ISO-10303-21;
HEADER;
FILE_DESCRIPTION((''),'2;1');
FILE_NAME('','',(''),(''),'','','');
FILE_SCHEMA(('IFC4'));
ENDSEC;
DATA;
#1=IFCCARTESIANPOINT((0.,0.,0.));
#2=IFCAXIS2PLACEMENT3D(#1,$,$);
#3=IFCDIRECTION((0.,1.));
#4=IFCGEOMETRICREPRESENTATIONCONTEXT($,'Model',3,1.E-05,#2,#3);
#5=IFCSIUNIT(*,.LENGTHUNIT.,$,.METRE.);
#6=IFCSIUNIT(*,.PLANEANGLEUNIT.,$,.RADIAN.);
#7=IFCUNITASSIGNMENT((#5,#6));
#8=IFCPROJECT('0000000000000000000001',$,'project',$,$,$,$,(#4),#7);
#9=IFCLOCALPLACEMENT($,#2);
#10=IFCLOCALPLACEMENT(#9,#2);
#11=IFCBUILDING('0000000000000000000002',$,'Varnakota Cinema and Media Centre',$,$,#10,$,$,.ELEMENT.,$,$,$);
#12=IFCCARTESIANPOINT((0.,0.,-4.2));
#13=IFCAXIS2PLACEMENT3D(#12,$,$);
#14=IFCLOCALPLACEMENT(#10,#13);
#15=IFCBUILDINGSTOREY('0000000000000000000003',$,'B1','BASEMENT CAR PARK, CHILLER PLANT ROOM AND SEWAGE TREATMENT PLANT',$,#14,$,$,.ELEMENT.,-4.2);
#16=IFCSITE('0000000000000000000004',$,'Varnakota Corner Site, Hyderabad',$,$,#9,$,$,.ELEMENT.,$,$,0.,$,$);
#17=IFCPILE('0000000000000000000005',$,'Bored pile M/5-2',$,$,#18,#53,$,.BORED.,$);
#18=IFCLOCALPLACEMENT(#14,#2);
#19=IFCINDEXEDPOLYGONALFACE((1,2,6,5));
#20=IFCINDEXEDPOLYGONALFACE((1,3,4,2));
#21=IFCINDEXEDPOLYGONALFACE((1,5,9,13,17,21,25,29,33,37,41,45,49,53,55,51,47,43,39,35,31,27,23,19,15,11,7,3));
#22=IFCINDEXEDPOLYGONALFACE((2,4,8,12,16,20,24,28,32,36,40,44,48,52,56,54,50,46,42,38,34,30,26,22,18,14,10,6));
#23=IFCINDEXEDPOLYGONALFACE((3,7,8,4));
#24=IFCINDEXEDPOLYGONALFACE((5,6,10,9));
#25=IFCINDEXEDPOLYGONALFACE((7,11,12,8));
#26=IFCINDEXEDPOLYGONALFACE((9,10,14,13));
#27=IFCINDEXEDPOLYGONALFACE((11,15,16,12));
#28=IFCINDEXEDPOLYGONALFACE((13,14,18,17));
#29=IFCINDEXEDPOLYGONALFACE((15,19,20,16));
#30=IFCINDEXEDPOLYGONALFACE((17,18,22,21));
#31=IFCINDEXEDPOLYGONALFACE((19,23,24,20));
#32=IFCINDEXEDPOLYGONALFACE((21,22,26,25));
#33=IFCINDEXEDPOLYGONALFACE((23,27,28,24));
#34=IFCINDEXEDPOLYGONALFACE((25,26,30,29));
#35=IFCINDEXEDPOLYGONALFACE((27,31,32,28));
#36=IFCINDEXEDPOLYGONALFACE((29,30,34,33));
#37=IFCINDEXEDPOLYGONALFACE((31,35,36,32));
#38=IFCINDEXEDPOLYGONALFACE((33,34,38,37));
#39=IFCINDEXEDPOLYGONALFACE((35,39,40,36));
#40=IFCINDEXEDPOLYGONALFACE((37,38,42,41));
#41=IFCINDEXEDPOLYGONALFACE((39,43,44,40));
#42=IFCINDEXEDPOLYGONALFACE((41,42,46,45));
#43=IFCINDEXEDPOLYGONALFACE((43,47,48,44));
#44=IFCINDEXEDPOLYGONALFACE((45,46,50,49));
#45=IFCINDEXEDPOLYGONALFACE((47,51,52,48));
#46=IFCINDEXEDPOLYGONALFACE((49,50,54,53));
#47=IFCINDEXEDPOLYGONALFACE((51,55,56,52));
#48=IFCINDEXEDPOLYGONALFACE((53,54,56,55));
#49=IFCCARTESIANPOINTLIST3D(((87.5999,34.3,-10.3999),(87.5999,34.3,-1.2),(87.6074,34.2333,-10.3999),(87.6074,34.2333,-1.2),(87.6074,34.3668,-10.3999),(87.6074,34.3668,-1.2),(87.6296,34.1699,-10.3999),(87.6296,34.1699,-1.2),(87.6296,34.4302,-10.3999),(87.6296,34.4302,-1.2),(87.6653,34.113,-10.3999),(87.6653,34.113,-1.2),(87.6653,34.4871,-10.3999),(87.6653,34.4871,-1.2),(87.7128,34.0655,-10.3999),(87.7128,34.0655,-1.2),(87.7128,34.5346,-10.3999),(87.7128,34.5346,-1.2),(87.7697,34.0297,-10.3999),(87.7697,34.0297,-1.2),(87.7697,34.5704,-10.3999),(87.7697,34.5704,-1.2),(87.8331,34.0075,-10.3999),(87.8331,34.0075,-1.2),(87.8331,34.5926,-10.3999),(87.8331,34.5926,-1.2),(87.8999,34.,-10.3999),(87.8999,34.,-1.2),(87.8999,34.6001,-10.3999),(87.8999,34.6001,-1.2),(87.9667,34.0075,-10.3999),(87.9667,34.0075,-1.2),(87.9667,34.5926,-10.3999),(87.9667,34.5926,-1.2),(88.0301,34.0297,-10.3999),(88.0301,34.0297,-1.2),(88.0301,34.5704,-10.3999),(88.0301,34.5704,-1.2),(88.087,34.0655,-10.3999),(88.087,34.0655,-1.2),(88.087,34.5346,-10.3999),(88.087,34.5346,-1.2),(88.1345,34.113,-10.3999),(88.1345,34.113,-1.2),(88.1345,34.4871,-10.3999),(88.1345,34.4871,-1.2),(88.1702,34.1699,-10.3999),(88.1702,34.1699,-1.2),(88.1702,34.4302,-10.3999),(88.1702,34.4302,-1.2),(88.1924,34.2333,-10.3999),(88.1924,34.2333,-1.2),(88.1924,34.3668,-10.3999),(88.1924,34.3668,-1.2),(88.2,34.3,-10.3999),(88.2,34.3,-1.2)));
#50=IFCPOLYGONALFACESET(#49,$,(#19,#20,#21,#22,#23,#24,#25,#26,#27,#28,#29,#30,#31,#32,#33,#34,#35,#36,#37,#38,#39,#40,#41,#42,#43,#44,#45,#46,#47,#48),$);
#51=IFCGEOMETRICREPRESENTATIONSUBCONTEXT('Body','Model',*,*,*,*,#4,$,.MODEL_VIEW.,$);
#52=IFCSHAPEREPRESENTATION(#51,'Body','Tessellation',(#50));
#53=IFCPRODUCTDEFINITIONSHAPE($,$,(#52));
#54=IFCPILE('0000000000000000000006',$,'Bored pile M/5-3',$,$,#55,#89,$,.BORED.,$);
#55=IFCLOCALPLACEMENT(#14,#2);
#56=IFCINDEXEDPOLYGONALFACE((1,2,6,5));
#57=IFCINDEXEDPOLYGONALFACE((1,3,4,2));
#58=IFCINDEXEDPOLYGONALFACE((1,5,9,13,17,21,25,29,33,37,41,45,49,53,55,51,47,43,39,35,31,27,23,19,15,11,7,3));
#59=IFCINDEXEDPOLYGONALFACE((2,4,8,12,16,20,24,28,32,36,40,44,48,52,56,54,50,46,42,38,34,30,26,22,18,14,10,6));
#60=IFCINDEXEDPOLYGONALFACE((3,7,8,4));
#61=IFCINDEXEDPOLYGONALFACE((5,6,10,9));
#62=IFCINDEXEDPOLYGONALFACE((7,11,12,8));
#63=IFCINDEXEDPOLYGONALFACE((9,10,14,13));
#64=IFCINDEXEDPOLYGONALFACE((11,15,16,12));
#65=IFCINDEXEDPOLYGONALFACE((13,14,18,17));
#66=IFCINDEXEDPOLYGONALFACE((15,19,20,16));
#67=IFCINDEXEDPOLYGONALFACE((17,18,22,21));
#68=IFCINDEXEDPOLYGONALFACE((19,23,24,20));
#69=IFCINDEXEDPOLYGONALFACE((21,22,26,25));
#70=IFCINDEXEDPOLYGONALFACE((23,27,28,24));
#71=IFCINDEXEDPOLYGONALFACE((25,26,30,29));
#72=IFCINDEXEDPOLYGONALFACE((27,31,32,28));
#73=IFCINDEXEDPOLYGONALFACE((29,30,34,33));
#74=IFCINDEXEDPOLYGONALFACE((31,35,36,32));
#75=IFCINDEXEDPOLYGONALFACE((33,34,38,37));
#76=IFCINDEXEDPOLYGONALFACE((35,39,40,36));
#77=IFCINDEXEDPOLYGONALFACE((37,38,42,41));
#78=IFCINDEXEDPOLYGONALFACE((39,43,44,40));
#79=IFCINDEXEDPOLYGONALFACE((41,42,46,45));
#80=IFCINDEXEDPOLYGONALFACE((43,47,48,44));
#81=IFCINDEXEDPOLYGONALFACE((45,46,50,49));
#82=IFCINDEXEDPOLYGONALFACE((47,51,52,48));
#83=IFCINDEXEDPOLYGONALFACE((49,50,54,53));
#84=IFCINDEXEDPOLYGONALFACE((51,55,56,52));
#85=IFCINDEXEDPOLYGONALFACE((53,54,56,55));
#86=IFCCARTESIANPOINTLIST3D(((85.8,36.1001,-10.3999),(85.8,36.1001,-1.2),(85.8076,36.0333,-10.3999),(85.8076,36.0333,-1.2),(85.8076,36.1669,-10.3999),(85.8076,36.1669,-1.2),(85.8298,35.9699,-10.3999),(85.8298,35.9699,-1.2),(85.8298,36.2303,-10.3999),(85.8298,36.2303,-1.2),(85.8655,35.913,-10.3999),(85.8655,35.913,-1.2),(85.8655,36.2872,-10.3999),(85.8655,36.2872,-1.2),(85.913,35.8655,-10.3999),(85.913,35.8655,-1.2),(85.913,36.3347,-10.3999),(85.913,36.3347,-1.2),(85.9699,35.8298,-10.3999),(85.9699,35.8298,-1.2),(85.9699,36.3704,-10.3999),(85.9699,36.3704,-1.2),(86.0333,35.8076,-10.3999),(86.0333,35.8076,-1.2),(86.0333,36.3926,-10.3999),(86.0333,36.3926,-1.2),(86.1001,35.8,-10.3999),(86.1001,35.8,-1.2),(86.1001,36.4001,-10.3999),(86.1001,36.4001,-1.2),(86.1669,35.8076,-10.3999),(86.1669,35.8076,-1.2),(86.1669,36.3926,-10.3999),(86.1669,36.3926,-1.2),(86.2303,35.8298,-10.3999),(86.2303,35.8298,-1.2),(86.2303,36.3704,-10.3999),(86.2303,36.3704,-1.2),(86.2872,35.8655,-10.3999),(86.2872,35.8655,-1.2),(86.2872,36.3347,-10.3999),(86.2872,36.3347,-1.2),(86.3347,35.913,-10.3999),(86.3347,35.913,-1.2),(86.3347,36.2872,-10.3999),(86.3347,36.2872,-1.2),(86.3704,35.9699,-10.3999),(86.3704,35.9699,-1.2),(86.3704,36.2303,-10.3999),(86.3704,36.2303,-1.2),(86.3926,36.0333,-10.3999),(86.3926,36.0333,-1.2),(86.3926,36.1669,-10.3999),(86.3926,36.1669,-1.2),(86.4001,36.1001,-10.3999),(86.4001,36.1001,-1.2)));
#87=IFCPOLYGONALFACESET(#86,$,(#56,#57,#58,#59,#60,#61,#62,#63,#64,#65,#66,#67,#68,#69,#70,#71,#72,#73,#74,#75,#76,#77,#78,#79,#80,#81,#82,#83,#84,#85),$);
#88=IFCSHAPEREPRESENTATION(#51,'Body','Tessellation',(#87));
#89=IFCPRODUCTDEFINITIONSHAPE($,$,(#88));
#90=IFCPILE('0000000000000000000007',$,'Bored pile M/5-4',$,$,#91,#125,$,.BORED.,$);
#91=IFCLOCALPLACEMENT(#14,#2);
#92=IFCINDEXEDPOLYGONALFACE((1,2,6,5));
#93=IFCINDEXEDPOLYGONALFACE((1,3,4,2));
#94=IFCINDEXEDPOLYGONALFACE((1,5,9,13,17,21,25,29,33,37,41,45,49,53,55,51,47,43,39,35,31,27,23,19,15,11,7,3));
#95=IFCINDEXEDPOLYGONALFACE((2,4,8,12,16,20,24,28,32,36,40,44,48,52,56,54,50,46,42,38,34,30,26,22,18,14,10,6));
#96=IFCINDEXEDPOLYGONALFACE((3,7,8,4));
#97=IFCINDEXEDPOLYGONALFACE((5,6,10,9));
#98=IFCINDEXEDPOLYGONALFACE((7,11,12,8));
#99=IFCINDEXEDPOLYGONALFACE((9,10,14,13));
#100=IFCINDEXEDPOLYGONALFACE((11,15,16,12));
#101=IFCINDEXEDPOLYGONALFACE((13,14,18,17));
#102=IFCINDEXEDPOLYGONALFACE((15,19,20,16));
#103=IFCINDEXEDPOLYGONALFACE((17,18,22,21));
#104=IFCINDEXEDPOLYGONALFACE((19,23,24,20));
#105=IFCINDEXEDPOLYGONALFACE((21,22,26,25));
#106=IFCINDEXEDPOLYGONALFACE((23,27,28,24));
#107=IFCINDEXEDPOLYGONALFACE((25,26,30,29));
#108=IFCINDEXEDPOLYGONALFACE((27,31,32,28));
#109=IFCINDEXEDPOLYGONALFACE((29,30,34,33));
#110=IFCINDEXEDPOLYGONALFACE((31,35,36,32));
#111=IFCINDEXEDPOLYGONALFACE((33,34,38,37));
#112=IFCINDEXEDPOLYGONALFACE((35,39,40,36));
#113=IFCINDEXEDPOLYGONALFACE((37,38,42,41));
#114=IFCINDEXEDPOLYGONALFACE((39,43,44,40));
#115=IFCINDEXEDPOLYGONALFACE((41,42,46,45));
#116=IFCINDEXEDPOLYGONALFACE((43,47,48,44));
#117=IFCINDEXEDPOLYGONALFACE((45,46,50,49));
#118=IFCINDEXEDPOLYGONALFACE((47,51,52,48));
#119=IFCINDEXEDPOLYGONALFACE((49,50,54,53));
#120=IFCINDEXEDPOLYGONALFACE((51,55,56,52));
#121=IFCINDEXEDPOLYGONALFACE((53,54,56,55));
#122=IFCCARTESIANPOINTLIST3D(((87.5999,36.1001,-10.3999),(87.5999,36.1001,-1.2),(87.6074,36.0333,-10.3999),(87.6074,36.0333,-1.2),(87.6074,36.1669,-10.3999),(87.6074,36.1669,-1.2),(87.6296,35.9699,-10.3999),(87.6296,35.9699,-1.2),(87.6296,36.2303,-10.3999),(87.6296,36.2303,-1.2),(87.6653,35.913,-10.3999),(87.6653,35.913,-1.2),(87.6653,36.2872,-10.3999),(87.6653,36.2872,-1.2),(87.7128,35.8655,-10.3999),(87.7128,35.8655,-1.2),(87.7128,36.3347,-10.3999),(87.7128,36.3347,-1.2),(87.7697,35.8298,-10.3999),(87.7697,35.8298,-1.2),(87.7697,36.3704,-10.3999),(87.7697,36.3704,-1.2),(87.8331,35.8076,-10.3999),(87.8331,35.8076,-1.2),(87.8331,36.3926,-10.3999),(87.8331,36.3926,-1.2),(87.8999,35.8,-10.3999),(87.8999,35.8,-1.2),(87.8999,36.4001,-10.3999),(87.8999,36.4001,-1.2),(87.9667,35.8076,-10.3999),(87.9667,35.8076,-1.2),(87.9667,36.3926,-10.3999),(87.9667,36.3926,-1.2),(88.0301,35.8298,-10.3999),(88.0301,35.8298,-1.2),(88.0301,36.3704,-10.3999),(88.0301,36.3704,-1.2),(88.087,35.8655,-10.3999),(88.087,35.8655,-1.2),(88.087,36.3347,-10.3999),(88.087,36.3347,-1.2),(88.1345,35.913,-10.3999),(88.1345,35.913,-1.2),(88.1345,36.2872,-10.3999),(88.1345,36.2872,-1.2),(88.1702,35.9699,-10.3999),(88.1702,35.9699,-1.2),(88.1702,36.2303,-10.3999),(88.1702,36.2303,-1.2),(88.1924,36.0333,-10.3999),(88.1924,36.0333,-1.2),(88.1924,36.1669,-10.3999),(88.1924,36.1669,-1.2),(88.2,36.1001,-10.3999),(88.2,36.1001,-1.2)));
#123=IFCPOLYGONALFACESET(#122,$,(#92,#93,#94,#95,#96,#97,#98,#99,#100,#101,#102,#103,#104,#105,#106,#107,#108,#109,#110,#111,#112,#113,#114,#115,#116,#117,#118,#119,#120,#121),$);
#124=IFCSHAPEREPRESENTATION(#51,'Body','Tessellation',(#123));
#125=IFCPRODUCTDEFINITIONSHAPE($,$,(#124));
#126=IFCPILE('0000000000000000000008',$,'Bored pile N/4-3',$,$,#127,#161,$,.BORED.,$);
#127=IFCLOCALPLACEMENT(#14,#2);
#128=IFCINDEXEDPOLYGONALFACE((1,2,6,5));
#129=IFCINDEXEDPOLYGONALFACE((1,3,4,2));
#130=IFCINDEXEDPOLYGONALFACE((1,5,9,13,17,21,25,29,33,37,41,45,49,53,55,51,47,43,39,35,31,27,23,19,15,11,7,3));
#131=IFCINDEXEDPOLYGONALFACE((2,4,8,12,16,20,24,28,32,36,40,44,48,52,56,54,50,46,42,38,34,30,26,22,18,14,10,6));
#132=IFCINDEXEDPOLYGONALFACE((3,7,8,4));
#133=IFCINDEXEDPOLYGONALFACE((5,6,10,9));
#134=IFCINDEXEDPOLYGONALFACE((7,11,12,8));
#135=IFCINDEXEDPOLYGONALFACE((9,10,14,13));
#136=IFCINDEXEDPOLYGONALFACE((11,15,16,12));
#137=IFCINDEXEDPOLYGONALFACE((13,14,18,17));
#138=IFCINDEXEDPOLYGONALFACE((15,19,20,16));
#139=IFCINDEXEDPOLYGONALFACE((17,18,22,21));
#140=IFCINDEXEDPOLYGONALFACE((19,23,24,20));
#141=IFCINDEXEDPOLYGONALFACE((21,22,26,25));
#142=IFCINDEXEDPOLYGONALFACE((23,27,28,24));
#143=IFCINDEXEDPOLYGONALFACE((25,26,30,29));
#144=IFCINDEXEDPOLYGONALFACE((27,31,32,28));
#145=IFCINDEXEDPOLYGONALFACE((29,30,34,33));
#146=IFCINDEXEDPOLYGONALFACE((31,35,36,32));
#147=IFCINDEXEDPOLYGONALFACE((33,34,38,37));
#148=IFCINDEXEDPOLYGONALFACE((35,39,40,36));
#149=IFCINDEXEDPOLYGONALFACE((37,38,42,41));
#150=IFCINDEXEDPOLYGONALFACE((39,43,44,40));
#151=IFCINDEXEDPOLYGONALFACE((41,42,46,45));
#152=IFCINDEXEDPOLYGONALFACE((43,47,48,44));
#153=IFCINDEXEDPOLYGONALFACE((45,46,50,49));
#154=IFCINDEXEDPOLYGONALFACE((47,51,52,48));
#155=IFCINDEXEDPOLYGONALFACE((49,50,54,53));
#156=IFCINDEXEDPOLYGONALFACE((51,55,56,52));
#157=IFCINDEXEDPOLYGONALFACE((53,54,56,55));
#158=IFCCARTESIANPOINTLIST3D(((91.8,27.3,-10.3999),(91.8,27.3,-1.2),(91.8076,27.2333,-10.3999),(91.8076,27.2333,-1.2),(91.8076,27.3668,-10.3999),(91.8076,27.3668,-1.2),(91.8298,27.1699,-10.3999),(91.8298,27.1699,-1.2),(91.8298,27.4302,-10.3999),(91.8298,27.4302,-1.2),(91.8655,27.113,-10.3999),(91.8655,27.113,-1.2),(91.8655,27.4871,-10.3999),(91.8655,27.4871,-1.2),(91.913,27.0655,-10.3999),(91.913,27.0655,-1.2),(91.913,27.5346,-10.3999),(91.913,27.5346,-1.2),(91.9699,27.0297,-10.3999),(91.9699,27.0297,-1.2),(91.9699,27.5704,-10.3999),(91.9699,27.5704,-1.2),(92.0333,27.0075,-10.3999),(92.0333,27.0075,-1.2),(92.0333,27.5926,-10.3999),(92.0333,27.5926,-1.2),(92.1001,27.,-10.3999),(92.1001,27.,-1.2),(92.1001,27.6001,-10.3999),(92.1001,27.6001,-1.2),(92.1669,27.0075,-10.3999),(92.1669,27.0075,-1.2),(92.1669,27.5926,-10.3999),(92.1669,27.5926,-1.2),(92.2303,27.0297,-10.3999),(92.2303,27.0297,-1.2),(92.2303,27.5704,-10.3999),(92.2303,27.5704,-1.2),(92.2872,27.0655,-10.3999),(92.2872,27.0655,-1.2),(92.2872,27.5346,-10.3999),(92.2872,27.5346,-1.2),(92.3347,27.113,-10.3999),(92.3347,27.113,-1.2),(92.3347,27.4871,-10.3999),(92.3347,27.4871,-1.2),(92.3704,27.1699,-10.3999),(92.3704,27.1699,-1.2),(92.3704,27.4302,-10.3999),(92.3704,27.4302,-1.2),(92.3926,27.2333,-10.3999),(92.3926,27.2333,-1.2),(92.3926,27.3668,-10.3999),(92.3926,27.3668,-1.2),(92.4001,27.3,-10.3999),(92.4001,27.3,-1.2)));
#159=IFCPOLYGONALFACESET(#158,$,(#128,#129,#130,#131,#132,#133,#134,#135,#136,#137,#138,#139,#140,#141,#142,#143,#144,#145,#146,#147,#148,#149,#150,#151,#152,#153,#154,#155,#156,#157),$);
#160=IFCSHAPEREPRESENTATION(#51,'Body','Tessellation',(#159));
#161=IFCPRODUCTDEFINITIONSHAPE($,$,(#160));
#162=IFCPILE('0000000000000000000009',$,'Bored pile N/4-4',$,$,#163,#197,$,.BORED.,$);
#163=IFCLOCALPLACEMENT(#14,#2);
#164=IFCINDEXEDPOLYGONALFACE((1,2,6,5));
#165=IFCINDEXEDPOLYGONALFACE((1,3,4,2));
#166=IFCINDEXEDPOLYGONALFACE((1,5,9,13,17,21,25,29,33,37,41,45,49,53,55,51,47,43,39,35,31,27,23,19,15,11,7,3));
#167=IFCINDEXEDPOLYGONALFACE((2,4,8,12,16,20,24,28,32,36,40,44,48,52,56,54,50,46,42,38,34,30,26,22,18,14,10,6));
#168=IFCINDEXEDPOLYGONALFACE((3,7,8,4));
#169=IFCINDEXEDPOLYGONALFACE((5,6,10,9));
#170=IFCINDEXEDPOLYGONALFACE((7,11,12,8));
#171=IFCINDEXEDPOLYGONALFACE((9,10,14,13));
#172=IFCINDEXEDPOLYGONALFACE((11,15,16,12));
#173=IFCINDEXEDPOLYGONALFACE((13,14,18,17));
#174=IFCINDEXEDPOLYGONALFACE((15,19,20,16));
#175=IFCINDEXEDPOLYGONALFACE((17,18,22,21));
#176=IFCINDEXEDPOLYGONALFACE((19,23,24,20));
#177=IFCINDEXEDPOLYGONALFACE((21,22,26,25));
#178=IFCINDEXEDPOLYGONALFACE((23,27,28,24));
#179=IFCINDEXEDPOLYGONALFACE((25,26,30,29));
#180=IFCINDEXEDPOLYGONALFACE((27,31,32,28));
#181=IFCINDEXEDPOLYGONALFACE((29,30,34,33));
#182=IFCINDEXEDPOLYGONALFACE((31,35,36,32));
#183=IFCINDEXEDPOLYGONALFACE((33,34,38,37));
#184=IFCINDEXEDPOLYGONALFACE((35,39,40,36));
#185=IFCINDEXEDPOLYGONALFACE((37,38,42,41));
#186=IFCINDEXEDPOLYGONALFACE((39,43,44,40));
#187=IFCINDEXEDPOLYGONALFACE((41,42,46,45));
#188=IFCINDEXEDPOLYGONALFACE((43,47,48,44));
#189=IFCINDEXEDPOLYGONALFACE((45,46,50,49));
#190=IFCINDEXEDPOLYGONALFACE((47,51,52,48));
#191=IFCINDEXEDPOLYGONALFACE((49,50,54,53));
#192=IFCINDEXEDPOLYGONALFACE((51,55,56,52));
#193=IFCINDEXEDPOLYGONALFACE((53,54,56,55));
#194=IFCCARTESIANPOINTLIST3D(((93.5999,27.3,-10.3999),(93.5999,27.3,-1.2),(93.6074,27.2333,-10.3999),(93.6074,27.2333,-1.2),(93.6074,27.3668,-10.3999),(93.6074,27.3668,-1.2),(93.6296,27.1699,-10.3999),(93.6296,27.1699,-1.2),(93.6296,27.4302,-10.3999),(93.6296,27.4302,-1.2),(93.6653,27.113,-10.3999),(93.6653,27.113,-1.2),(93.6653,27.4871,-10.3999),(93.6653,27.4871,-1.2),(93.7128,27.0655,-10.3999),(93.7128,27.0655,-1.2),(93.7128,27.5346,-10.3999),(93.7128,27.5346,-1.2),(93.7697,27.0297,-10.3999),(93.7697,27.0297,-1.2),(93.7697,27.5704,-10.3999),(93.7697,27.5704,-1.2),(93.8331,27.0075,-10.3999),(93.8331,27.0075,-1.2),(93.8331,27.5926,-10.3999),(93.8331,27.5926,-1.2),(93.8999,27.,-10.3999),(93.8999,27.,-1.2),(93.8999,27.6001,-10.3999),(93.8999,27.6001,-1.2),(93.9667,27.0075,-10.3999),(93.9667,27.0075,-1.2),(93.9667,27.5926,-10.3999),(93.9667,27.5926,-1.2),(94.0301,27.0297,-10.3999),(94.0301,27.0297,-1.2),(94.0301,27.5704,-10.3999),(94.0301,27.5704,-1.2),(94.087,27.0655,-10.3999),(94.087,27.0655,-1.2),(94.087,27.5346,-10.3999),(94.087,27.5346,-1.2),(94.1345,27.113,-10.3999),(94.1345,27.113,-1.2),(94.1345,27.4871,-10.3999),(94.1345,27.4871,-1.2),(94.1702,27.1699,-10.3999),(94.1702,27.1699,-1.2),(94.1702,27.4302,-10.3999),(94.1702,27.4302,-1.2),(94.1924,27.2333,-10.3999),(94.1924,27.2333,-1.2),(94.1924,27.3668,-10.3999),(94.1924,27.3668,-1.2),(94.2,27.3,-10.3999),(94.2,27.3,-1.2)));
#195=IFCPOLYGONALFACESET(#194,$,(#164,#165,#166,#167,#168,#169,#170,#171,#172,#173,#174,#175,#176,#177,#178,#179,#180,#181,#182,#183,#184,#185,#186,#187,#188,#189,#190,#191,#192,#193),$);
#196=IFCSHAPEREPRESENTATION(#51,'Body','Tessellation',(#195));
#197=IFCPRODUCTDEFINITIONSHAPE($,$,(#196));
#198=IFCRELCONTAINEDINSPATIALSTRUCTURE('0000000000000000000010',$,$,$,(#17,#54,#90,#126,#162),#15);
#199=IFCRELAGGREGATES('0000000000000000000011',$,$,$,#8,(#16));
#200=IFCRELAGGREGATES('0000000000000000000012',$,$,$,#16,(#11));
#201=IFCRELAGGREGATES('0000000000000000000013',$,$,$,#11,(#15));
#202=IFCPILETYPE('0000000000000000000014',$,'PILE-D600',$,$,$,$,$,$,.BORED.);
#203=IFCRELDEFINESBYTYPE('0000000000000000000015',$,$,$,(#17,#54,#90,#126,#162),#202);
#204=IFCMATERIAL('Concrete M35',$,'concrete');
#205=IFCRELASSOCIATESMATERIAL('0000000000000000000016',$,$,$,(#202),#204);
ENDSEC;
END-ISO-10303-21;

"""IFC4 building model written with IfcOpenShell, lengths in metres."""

from ifc_helpers import new_model, si_unit, direction, frame, origin, origin_2d, place, context, subcontext, project, spatial, circle, extrude, material, material_profile, profile_set, type_object, element, save


model = new_model("IFC4")

# Units and contexts
model_context = context("Model", 3, precision=1e-05, world=origin(), true_north=direction((0.0, 1.0)))
body_context = subcontext(model_context, "Body", "Model", "MODEL_VIEW")
ifc_project = project(units=[si_unit("LENGTHUNIT", "METRE"), si_unit("PLANEANGLEUNIT", "RADIAN")], contexts=[model_context])

# Site, building, storey
site_placement = place(None, origin())
site = spatial("IfcSite", under=ifc_project, at=site_placement, Name="Varnakota Corner Site, Hyderabad", CompositionType="ELEMENT", RefElevation=0.0)
building_placement = place(site_placement, origin())
building = spatial("IfcBuilding", under=site, at=building_placement, Name="Varnakota Cinema and Media Centre", CompositionType="ELEMENT")
storey_placement = place(building_placement, frame((0.0, 0.0, -4.2)))
storey = spatial("IfcBuildingStorey", under=building, at=storey_placement, Name="B1", Description="BASEMENT CAR PARK, CHILLER PLANT ROOM AND SEWAGE TREATMENT PLANT", CompositionType="ELEMENT", Elevation=-4.2)

# Piles
ifc_material_1 = material(Name="Concrete M35", Category="concrete")
ifc_material_profile_1 = material_profile(ifc_material_1, circle(Radius=0.3, at=origin_2d()), Name="PILE D600")
ifc_profile_set_1 = profile_set([ifc_material_profile_1], Name="Concrete M35")
pile_type_1 = type_object("IfcPileType", Name="PILE-D600", PredefinedType="BORED", material=ifc_profile_set_1)
for number, where, z_axis, x_axis, name in (
    (1, (87.8999, 34.3, -1.2), (0.0, 0.0, -1.0), (1.0, 0.0, 0.0), "Bored pile M/5-2"),
    (2, (86.1001, 36.1001, -1.2), (0.0, 0.0, -1.0), (1.0, 0.0, 0.0), "Bored pile M/5-3"),
    (3, (87.8999, 36.1001, -1.2), (0.0, 0.0, -1.0), (1.0, 0.0, 0.0), "Bored pile M/5-4"),
    (4, (92.1001, 27.3, -1.2), (0.0, 0.0, -1.0), (1.0, 0.0, 0.0), "Bored pile N/4-3"),
    (5, (93.8999, 27.3, -1.2), (0.0, 0.0, -1.0), (1.0, 0.0, 0.0), "Bored pile N/4-4"),
):
    element("IfcPile", number, at=place(storey_placement, frame(where, z_axis=z_axis, x_axis=x_axis)), inside=storey, type_object=pile_type_1, Name=name, PredefinedType="BORED", context=body_context, shape_type="SweptSolid", body=[
        extrude(circle(Radius=0.3, at=origin_2d()), origin(), (0.0, 0.0, 1.0), 9.2),
    ])

save(model, "model.ifc")
